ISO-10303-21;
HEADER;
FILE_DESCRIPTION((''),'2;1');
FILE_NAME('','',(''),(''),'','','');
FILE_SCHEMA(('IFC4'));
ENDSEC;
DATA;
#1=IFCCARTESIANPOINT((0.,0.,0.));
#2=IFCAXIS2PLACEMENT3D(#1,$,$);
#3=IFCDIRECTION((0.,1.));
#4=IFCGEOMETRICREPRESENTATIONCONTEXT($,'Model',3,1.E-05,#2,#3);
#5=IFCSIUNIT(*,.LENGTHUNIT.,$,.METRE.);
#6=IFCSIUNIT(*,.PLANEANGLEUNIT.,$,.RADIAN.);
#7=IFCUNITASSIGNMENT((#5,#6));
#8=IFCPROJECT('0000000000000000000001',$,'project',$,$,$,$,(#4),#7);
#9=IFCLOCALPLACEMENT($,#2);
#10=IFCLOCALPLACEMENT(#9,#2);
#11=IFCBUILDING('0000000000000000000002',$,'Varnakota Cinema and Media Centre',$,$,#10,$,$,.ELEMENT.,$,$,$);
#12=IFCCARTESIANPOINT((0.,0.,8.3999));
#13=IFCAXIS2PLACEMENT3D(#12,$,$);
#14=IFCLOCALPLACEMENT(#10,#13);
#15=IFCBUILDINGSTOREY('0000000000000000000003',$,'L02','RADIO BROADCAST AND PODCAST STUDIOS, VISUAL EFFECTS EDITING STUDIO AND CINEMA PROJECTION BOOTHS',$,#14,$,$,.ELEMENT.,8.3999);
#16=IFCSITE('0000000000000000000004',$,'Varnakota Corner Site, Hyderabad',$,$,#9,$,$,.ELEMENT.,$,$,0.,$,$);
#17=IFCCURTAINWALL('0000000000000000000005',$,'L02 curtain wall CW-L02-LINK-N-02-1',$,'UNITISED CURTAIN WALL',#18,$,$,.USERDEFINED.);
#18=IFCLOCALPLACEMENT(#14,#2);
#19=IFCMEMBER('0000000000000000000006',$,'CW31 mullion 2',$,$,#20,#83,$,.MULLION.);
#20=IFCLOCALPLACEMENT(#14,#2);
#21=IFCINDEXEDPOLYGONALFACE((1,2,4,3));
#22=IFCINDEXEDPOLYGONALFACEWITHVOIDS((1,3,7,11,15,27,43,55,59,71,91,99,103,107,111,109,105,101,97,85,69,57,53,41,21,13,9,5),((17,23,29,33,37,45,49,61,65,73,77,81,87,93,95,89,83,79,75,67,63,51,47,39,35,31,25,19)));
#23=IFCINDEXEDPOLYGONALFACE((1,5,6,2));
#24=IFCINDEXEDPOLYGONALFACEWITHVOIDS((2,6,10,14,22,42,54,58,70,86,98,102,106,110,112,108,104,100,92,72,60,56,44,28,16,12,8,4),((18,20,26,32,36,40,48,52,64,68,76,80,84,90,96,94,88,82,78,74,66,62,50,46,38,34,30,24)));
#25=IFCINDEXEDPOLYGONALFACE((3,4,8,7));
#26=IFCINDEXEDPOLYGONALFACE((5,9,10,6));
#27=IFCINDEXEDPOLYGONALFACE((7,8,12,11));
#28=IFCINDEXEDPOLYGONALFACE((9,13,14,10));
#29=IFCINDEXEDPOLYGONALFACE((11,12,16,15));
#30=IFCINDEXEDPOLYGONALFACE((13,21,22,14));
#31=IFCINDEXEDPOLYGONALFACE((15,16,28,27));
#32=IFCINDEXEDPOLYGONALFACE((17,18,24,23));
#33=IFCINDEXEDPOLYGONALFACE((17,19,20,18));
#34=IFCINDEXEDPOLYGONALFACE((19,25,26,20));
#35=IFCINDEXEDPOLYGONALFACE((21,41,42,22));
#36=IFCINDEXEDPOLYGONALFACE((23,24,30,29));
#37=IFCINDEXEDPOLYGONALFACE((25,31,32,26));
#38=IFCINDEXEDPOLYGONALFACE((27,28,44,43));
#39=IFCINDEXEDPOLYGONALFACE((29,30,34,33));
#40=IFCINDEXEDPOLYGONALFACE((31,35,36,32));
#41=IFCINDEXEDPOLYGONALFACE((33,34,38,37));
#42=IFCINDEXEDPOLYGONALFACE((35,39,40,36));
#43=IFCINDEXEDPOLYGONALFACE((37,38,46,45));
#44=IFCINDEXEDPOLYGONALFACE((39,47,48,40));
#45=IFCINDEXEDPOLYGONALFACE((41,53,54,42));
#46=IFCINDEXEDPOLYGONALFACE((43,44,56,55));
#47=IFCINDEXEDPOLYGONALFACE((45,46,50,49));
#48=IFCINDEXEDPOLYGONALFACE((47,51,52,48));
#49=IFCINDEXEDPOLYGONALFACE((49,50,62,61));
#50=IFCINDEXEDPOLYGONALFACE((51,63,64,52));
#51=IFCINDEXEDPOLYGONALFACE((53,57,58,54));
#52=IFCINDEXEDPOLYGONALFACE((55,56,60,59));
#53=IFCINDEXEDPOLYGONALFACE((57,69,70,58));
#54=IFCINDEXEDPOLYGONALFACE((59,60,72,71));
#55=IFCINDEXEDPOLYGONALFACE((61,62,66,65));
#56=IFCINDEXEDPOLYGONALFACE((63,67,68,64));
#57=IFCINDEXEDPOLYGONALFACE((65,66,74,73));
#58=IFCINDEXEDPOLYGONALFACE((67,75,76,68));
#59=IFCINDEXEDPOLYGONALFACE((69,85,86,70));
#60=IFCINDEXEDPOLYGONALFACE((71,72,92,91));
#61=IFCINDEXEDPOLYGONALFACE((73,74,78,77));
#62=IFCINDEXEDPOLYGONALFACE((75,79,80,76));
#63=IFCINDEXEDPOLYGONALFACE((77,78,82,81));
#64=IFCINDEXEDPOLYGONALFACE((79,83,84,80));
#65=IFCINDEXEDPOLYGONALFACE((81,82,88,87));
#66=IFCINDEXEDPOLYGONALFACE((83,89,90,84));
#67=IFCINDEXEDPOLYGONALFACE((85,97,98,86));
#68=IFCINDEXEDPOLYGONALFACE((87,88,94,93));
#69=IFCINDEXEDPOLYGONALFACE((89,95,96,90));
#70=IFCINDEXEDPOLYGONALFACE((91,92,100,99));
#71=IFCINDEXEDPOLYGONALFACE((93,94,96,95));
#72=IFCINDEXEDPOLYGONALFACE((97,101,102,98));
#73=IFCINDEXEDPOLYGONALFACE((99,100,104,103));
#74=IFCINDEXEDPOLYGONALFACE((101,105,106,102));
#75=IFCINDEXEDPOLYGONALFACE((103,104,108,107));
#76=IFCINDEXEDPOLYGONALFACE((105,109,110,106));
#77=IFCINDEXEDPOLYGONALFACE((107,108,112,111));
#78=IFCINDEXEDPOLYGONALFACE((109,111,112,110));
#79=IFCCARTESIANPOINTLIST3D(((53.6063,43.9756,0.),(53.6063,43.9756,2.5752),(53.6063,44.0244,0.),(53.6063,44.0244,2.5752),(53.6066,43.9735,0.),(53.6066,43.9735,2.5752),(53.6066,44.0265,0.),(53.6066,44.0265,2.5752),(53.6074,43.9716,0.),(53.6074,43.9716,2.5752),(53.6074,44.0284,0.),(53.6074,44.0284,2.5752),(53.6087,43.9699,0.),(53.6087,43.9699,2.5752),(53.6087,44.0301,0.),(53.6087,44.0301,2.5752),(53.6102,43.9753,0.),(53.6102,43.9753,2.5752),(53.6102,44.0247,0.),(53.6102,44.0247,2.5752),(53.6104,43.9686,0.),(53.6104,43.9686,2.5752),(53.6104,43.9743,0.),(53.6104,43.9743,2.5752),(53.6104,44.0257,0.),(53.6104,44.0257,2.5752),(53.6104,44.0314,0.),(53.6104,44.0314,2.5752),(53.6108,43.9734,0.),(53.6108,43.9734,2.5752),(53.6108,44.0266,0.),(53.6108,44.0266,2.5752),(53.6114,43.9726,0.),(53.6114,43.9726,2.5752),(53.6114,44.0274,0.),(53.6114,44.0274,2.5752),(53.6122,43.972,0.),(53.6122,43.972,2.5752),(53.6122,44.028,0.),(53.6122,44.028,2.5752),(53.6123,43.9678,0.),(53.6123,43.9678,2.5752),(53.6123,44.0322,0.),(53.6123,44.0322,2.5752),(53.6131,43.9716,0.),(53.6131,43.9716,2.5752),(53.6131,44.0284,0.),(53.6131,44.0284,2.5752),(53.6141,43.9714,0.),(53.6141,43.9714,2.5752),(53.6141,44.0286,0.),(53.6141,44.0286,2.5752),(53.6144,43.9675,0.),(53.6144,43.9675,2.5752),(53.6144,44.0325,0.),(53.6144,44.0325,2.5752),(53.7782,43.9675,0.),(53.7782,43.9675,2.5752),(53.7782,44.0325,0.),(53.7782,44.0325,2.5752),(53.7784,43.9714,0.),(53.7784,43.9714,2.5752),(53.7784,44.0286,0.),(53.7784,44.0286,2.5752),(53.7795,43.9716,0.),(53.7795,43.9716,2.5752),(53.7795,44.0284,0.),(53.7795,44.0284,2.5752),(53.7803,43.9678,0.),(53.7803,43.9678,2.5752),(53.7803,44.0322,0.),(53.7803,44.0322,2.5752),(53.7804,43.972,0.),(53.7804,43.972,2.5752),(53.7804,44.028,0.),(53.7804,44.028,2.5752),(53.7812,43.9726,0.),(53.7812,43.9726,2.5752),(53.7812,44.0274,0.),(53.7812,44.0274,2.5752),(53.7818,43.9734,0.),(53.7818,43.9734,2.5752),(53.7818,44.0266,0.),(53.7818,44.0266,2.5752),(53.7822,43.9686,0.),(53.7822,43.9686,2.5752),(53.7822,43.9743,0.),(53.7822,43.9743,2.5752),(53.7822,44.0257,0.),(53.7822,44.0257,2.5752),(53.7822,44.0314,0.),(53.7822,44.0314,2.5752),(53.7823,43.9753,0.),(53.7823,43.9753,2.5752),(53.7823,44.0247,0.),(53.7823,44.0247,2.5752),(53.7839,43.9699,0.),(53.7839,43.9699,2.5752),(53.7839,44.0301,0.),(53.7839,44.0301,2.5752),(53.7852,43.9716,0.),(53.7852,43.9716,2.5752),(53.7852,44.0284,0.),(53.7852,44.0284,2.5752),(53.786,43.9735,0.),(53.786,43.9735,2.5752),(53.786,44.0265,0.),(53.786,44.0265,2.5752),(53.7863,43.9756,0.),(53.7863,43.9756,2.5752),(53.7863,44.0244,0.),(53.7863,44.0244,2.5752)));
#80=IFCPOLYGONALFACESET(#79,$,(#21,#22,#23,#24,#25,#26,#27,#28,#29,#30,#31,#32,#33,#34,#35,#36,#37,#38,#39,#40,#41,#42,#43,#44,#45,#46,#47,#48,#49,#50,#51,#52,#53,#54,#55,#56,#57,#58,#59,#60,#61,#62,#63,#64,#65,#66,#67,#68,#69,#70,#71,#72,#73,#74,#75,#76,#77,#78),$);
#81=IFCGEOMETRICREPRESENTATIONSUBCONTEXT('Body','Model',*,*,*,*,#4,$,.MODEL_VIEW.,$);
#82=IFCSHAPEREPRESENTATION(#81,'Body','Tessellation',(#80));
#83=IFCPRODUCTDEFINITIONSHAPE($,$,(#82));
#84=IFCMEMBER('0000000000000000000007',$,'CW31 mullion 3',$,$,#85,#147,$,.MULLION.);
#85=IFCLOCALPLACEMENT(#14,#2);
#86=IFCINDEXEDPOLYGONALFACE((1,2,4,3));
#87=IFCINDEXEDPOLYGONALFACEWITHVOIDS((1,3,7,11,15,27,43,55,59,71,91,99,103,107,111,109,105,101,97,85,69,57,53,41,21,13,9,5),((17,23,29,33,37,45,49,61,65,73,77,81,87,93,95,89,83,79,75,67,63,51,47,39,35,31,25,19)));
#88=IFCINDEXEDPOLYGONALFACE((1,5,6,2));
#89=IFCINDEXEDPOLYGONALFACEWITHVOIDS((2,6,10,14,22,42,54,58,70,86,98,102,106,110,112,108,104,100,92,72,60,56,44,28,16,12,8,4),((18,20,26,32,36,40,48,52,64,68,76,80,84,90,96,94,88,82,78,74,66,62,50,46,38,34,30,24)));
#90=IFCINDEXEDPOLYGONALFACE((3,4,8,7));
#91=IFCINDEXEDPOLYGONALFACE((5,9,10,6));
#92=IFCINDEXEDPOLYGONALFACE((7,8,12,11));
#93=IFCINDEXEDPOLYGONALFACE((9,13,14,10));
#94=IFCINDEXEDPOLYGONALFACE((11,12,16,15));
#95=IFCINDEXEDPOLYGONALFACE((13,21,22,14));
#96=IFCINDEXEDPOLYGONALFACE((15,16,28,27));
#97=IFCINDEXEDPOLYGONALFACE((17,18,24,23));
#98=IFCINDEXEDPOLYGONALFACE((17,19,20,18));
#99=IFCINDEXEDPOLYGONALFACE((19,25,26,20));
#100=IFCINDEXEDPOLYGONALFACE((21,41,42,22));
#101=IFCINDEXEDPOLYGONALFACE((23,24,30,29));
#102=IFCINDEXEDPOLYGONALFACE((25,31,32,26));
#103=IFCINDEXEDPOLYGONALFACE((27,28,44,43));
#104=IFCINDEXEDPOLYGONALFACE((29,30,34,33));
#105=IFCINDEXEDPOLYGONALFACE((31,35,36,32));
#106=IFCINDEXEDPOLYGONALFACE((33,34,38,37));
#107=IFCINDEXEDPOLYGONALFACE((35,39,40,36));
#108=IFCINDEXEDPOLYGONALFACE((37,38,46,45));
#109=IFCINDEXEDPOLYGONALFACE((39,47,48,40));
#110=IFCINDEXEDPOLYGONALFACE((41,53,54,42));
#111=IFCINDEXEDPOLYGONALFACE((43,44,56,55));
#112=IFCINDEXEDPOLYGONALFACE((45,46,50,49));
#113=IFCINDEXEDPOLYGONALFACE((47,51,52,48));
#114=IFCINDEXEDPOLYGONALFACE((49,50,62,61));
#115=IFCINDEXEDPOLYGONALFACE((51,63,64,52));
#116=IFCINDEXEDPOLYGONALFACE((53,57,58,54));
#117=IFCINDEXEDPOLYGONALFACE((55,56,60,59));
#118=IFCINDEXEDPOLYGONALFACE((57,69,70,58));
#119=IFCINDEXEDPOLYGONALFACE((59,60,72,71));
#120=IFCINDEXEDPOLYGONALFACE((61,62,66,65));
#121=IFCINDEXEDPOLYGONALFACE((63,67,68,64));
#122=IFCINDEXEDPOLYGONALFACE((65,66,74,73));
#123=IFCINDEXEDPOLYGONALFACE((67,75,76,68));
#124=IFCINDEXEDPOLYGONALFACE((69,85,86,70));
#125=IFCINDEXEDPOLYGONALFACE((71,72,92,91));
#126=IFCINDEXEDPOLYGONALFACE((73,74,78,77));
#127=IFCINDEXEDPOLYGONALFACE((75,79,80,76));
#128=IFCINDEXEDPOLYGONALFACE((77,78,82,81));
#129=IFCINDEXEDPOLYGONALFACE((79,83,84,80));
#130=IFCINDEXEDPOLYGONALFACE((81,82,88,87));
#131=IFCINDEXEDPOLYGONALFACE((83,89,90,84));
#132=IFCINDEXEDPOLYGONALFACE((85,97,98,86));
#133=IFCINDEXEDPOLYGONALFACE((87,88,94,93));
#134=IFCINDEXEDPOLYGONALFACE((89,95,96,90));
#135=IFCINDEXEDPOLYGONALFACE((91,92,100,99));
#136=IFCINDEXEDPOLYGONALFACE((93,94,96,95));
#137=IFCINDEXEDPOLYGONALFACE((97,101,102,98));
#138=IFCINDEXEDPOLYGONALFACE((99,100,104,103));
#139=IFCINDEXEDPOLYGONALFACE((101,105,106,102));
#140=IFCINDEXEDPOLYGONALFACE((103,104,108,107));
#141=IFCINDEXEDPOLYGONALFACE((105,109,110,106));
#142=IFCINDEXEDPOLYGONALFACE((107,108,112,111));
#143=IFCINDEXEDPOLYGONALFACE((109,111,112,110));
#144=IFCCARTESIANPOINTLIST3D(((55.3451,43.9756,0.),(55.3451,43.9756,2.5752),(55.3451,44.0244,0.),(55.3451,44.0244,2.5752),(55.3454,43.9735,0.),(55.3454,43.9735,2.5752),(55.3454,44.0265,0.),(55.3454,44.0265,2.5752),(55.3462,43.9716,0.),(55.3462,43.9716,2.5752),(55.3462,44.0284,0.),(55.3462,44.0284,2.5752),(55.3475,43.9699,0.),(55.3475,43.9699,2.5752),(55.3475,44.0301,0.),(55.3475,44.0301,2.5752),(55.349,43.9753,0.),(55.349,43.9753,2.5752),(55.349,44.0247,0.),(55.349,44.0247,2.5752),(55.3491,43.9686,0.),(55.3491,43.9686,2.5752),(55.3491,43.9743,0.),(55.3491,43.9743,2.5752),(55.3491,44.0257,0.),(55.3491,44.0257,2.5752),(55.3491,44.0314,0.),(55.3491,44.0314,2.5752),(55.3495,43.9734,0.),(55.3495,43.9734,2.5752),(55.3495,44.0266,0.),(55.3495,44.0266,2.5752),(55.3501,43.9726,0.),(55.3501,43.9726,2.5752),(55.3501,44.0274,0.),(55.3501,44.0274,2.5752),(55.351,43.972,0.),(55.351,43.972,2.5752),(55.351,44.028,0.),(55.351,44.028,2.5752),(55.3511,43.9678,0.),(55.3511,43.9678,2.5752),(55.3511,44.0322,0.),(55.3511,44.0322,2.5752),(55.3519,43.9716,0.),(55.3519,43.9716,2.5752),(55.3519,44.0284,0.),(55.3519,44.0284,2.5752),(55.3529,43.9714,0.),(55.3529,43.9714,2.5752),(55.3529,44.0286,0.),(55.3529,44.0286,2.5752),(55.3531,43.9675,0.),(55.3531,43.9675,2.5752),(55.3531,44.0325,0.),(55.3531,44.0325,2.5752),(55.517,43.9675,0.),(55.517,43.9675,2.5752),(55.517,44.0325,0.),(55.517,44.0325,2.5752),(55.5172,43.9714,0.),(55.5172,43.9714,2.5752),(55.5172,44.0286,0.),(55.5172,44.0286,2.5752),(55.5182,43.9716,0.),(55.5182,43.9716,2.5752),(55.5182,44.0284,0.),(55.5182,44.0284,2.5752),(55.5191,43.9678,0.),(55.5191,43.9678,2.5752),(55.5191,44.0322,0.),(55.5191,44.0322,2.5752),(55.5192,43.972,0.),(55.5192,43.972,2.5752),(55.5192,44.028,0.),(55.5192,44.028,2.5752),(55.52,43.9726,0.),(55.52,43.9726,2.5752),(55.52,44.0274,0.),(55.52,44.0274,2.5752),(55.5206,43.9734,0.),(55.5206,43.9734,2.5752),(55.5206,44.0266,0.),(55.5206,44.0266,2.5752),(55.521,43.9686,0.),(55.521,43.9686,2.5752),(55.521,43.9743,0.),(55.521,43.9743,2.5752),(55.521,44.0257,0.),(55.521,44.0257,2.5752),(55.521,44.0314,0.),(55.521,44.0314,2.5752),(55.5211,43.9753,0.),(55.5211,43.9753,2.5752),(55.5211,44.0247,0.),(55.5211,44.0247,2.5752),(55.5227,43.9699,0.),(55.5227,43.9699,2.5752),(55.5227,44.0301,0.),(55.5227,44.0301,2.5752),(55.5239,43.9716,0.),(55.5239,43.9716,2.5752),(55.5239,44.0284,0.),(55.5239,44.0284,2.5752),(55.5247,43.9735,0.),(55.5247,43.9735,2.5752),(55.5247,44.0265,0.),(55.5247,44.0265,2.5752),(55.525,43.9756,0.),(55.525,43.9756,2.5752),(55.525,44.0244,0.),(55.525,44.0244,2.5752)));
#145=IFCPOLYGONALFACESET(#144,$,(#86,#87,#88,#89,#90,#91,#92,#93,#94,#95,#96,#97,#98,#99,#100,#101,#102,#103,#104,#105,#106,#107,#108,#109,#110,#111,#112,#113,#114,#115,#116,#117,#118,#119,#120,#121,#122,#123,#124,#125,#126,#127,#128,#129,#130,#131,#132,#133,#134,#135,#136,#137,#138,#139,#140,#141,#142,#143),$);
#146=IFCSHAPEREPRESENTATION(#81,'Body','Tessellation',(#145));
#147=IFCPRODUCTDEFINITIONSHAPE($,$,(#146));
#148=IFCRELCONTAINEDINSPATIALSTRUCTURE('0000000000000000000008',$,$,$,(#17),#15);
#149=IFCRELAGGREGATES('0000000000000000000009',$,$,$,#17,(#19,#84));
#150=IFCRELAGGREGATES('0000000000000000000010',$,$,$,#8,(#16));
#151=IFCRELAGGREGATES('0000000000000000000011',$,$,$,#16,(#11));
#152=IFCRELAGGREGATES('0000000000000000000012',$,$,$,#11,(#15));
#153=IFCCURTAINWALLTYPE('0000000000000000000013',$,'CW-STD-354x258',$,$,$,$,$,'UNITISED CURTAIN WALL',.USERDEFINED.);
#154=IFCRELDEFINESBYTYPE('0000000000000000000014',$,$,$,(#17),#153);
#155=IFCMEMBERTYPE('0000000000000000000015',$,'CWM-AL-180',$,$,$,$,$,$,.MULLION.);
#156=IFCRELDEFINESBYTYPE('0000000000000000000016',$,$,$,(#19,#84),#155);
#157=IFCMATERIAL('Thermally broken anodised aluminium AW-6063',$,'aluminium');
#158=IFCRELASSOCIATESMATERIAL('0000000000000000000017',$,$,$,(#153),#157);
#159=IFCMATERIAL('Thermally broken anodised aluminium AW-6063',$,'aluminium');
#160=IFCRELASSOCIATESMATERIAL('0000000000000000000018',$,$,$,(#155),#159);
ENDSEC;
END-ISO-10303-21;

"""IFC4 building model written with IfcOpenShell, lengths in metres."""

from ifc_helpers import new_model, si_unit, direction, frame, origin, origin_2d, place, context, subcontext, project, spatial, hollow_rectangle, extrude, material, material_profile, profile_set, type_object, element, aggregate, save


model = new_model("IFC4")

# Units and contexts
model_context = context("Model", 3, precision=1e-05, world=origin(), true_north=direction((0.0, 1.0)))
body_context = subcontext(model_context, "Body", "Model", "MODEL_VIEW")
ifc_project = project(units=[si_unit("LENGTHUNIT", "METRE"), si_unit("PLANEANGLEUNIT", "RADIAN")], contexts=[model_context])

# Site, building, storey
site_placement = place(None, origin())
site = spatial("IfcSite", under=ifc_project, at=site_placement, Name="Varnakota Corner Site, Hyderabad", CompositionType="ELEMENT", RefElevation=0.0)
building_placement = place(site_placement, origin())
building = spatial("IfcBuilding", under=site, at=building_placement, Name="Varnakota Cinema and Media Centre", CompositionType="ELEMENT")
storey_placement = place(building_placement, frame((0.0, 0.0, 8.3999)))
storey = spatial("IfcBuildingStorey", under=building, at=storey_placement, Name="L02", Description="RADIO BROADCAST AND PODCAST STUDIOS, VISUAL EFFECTS EDITING STUDIO AND CINEMA PROJECTION BOOTHS", CompositionType="ELEMENT", Elevation=8.3999)

# Curtain wall, members
ifc_material_1 = material(Name="Thermally broken anodised aluminium AW-6063", Category="aluminium")
curtain_wall_type = type_object("IfcCurtainWallType", Name="CW-STD-354x258", ElementType="UNITISED CURTAIN WALL", PredefinedType="USERDEFINED", material=ifc_material_1)
curtain_wall_1_placement = place(storey_placement, origin())
curtain_wall_1 = element("IfcCurtainWall", 1, at=curtain_wall_1_placement, inside=storey, type_object=curtain_wall_type, Name="L02 curtain wall CW-L02-LINK-N-02-1", ObjectType="UNITISED CURTAIN WALL", PredefinedType="USERDEFINED")
ifc_material_2 = material(Name="Thermally broken anodised aluminium AW-6063", Category="aluminium")
ifc_material_profile_1 = material_profile(ifc_material_2, hollow_rectangle(XDim=0.0649, YDim=0.1799, WallThickness=0.0039, InnerFilletRadius=0.0039, OuterFilletRadius=0.0081, at=origin_2d()), Name="AL-MULLION 180x65x4")
ifc_profile_set_1 = profile_set([ifc_material_profile_1], Name="Thermally broken anodised aluminium AW-6063")
member_type_1 = type_object("IfcMemberType", Name="CWM-AL-180", PredefinedType="MULLION", material=ifc_profile_set_1)
member_1_placement = place(storey_placement, frame((53.6963, 44.0, 0.0), z_axis=(0.0, 0.0, 1.0), x_axis=(0.0, 1.0, 0.0)))
member_1 = element("IfcMember", 2, at=member_1_placement, type_object=member_type_1, Name="CW31 mullion 2", PredefinedType="MULLION", context=body_context, shape_type="SweptSolid", body=[
    extrude(hollow_rectangle(XDim=0.0649, YDim=0.1799, WallThickness=0.0039, InnerFilletRadius=0.0039, OuterFilletRadius=0.0081, at=origin_2d()), origin(), (0.0, 0.0, 1.0), 2.5752),
])
member_2_placement = place(storey_placement, frame((55.4351, 44.0, 0.0), z_axis=(0.0, 0.0, 1.0), x_axis=(0.0, 1.0, 0.0)))
member_2 = element("IfcMember", 3, at=member_2_placement, type_object=member_type_1, Name="CW31 mullion 3", PredefinedType="MULLION", context=body_context, shape_type="SweptSolid", body=[
    extrude(hollow_rectangle(XDim=0.0649, YDim=0.1799, WallThickness=0.0039, InnerFilletRadius=0.0039, OuterFilletRadius=0.0081, at=origin_2d()), origin(), (0.0, 0.0, 1.0), 2.5752),
])

aggregate(curtain_wall_1, [member_1, member_2])

save(model, "model.ifc")
